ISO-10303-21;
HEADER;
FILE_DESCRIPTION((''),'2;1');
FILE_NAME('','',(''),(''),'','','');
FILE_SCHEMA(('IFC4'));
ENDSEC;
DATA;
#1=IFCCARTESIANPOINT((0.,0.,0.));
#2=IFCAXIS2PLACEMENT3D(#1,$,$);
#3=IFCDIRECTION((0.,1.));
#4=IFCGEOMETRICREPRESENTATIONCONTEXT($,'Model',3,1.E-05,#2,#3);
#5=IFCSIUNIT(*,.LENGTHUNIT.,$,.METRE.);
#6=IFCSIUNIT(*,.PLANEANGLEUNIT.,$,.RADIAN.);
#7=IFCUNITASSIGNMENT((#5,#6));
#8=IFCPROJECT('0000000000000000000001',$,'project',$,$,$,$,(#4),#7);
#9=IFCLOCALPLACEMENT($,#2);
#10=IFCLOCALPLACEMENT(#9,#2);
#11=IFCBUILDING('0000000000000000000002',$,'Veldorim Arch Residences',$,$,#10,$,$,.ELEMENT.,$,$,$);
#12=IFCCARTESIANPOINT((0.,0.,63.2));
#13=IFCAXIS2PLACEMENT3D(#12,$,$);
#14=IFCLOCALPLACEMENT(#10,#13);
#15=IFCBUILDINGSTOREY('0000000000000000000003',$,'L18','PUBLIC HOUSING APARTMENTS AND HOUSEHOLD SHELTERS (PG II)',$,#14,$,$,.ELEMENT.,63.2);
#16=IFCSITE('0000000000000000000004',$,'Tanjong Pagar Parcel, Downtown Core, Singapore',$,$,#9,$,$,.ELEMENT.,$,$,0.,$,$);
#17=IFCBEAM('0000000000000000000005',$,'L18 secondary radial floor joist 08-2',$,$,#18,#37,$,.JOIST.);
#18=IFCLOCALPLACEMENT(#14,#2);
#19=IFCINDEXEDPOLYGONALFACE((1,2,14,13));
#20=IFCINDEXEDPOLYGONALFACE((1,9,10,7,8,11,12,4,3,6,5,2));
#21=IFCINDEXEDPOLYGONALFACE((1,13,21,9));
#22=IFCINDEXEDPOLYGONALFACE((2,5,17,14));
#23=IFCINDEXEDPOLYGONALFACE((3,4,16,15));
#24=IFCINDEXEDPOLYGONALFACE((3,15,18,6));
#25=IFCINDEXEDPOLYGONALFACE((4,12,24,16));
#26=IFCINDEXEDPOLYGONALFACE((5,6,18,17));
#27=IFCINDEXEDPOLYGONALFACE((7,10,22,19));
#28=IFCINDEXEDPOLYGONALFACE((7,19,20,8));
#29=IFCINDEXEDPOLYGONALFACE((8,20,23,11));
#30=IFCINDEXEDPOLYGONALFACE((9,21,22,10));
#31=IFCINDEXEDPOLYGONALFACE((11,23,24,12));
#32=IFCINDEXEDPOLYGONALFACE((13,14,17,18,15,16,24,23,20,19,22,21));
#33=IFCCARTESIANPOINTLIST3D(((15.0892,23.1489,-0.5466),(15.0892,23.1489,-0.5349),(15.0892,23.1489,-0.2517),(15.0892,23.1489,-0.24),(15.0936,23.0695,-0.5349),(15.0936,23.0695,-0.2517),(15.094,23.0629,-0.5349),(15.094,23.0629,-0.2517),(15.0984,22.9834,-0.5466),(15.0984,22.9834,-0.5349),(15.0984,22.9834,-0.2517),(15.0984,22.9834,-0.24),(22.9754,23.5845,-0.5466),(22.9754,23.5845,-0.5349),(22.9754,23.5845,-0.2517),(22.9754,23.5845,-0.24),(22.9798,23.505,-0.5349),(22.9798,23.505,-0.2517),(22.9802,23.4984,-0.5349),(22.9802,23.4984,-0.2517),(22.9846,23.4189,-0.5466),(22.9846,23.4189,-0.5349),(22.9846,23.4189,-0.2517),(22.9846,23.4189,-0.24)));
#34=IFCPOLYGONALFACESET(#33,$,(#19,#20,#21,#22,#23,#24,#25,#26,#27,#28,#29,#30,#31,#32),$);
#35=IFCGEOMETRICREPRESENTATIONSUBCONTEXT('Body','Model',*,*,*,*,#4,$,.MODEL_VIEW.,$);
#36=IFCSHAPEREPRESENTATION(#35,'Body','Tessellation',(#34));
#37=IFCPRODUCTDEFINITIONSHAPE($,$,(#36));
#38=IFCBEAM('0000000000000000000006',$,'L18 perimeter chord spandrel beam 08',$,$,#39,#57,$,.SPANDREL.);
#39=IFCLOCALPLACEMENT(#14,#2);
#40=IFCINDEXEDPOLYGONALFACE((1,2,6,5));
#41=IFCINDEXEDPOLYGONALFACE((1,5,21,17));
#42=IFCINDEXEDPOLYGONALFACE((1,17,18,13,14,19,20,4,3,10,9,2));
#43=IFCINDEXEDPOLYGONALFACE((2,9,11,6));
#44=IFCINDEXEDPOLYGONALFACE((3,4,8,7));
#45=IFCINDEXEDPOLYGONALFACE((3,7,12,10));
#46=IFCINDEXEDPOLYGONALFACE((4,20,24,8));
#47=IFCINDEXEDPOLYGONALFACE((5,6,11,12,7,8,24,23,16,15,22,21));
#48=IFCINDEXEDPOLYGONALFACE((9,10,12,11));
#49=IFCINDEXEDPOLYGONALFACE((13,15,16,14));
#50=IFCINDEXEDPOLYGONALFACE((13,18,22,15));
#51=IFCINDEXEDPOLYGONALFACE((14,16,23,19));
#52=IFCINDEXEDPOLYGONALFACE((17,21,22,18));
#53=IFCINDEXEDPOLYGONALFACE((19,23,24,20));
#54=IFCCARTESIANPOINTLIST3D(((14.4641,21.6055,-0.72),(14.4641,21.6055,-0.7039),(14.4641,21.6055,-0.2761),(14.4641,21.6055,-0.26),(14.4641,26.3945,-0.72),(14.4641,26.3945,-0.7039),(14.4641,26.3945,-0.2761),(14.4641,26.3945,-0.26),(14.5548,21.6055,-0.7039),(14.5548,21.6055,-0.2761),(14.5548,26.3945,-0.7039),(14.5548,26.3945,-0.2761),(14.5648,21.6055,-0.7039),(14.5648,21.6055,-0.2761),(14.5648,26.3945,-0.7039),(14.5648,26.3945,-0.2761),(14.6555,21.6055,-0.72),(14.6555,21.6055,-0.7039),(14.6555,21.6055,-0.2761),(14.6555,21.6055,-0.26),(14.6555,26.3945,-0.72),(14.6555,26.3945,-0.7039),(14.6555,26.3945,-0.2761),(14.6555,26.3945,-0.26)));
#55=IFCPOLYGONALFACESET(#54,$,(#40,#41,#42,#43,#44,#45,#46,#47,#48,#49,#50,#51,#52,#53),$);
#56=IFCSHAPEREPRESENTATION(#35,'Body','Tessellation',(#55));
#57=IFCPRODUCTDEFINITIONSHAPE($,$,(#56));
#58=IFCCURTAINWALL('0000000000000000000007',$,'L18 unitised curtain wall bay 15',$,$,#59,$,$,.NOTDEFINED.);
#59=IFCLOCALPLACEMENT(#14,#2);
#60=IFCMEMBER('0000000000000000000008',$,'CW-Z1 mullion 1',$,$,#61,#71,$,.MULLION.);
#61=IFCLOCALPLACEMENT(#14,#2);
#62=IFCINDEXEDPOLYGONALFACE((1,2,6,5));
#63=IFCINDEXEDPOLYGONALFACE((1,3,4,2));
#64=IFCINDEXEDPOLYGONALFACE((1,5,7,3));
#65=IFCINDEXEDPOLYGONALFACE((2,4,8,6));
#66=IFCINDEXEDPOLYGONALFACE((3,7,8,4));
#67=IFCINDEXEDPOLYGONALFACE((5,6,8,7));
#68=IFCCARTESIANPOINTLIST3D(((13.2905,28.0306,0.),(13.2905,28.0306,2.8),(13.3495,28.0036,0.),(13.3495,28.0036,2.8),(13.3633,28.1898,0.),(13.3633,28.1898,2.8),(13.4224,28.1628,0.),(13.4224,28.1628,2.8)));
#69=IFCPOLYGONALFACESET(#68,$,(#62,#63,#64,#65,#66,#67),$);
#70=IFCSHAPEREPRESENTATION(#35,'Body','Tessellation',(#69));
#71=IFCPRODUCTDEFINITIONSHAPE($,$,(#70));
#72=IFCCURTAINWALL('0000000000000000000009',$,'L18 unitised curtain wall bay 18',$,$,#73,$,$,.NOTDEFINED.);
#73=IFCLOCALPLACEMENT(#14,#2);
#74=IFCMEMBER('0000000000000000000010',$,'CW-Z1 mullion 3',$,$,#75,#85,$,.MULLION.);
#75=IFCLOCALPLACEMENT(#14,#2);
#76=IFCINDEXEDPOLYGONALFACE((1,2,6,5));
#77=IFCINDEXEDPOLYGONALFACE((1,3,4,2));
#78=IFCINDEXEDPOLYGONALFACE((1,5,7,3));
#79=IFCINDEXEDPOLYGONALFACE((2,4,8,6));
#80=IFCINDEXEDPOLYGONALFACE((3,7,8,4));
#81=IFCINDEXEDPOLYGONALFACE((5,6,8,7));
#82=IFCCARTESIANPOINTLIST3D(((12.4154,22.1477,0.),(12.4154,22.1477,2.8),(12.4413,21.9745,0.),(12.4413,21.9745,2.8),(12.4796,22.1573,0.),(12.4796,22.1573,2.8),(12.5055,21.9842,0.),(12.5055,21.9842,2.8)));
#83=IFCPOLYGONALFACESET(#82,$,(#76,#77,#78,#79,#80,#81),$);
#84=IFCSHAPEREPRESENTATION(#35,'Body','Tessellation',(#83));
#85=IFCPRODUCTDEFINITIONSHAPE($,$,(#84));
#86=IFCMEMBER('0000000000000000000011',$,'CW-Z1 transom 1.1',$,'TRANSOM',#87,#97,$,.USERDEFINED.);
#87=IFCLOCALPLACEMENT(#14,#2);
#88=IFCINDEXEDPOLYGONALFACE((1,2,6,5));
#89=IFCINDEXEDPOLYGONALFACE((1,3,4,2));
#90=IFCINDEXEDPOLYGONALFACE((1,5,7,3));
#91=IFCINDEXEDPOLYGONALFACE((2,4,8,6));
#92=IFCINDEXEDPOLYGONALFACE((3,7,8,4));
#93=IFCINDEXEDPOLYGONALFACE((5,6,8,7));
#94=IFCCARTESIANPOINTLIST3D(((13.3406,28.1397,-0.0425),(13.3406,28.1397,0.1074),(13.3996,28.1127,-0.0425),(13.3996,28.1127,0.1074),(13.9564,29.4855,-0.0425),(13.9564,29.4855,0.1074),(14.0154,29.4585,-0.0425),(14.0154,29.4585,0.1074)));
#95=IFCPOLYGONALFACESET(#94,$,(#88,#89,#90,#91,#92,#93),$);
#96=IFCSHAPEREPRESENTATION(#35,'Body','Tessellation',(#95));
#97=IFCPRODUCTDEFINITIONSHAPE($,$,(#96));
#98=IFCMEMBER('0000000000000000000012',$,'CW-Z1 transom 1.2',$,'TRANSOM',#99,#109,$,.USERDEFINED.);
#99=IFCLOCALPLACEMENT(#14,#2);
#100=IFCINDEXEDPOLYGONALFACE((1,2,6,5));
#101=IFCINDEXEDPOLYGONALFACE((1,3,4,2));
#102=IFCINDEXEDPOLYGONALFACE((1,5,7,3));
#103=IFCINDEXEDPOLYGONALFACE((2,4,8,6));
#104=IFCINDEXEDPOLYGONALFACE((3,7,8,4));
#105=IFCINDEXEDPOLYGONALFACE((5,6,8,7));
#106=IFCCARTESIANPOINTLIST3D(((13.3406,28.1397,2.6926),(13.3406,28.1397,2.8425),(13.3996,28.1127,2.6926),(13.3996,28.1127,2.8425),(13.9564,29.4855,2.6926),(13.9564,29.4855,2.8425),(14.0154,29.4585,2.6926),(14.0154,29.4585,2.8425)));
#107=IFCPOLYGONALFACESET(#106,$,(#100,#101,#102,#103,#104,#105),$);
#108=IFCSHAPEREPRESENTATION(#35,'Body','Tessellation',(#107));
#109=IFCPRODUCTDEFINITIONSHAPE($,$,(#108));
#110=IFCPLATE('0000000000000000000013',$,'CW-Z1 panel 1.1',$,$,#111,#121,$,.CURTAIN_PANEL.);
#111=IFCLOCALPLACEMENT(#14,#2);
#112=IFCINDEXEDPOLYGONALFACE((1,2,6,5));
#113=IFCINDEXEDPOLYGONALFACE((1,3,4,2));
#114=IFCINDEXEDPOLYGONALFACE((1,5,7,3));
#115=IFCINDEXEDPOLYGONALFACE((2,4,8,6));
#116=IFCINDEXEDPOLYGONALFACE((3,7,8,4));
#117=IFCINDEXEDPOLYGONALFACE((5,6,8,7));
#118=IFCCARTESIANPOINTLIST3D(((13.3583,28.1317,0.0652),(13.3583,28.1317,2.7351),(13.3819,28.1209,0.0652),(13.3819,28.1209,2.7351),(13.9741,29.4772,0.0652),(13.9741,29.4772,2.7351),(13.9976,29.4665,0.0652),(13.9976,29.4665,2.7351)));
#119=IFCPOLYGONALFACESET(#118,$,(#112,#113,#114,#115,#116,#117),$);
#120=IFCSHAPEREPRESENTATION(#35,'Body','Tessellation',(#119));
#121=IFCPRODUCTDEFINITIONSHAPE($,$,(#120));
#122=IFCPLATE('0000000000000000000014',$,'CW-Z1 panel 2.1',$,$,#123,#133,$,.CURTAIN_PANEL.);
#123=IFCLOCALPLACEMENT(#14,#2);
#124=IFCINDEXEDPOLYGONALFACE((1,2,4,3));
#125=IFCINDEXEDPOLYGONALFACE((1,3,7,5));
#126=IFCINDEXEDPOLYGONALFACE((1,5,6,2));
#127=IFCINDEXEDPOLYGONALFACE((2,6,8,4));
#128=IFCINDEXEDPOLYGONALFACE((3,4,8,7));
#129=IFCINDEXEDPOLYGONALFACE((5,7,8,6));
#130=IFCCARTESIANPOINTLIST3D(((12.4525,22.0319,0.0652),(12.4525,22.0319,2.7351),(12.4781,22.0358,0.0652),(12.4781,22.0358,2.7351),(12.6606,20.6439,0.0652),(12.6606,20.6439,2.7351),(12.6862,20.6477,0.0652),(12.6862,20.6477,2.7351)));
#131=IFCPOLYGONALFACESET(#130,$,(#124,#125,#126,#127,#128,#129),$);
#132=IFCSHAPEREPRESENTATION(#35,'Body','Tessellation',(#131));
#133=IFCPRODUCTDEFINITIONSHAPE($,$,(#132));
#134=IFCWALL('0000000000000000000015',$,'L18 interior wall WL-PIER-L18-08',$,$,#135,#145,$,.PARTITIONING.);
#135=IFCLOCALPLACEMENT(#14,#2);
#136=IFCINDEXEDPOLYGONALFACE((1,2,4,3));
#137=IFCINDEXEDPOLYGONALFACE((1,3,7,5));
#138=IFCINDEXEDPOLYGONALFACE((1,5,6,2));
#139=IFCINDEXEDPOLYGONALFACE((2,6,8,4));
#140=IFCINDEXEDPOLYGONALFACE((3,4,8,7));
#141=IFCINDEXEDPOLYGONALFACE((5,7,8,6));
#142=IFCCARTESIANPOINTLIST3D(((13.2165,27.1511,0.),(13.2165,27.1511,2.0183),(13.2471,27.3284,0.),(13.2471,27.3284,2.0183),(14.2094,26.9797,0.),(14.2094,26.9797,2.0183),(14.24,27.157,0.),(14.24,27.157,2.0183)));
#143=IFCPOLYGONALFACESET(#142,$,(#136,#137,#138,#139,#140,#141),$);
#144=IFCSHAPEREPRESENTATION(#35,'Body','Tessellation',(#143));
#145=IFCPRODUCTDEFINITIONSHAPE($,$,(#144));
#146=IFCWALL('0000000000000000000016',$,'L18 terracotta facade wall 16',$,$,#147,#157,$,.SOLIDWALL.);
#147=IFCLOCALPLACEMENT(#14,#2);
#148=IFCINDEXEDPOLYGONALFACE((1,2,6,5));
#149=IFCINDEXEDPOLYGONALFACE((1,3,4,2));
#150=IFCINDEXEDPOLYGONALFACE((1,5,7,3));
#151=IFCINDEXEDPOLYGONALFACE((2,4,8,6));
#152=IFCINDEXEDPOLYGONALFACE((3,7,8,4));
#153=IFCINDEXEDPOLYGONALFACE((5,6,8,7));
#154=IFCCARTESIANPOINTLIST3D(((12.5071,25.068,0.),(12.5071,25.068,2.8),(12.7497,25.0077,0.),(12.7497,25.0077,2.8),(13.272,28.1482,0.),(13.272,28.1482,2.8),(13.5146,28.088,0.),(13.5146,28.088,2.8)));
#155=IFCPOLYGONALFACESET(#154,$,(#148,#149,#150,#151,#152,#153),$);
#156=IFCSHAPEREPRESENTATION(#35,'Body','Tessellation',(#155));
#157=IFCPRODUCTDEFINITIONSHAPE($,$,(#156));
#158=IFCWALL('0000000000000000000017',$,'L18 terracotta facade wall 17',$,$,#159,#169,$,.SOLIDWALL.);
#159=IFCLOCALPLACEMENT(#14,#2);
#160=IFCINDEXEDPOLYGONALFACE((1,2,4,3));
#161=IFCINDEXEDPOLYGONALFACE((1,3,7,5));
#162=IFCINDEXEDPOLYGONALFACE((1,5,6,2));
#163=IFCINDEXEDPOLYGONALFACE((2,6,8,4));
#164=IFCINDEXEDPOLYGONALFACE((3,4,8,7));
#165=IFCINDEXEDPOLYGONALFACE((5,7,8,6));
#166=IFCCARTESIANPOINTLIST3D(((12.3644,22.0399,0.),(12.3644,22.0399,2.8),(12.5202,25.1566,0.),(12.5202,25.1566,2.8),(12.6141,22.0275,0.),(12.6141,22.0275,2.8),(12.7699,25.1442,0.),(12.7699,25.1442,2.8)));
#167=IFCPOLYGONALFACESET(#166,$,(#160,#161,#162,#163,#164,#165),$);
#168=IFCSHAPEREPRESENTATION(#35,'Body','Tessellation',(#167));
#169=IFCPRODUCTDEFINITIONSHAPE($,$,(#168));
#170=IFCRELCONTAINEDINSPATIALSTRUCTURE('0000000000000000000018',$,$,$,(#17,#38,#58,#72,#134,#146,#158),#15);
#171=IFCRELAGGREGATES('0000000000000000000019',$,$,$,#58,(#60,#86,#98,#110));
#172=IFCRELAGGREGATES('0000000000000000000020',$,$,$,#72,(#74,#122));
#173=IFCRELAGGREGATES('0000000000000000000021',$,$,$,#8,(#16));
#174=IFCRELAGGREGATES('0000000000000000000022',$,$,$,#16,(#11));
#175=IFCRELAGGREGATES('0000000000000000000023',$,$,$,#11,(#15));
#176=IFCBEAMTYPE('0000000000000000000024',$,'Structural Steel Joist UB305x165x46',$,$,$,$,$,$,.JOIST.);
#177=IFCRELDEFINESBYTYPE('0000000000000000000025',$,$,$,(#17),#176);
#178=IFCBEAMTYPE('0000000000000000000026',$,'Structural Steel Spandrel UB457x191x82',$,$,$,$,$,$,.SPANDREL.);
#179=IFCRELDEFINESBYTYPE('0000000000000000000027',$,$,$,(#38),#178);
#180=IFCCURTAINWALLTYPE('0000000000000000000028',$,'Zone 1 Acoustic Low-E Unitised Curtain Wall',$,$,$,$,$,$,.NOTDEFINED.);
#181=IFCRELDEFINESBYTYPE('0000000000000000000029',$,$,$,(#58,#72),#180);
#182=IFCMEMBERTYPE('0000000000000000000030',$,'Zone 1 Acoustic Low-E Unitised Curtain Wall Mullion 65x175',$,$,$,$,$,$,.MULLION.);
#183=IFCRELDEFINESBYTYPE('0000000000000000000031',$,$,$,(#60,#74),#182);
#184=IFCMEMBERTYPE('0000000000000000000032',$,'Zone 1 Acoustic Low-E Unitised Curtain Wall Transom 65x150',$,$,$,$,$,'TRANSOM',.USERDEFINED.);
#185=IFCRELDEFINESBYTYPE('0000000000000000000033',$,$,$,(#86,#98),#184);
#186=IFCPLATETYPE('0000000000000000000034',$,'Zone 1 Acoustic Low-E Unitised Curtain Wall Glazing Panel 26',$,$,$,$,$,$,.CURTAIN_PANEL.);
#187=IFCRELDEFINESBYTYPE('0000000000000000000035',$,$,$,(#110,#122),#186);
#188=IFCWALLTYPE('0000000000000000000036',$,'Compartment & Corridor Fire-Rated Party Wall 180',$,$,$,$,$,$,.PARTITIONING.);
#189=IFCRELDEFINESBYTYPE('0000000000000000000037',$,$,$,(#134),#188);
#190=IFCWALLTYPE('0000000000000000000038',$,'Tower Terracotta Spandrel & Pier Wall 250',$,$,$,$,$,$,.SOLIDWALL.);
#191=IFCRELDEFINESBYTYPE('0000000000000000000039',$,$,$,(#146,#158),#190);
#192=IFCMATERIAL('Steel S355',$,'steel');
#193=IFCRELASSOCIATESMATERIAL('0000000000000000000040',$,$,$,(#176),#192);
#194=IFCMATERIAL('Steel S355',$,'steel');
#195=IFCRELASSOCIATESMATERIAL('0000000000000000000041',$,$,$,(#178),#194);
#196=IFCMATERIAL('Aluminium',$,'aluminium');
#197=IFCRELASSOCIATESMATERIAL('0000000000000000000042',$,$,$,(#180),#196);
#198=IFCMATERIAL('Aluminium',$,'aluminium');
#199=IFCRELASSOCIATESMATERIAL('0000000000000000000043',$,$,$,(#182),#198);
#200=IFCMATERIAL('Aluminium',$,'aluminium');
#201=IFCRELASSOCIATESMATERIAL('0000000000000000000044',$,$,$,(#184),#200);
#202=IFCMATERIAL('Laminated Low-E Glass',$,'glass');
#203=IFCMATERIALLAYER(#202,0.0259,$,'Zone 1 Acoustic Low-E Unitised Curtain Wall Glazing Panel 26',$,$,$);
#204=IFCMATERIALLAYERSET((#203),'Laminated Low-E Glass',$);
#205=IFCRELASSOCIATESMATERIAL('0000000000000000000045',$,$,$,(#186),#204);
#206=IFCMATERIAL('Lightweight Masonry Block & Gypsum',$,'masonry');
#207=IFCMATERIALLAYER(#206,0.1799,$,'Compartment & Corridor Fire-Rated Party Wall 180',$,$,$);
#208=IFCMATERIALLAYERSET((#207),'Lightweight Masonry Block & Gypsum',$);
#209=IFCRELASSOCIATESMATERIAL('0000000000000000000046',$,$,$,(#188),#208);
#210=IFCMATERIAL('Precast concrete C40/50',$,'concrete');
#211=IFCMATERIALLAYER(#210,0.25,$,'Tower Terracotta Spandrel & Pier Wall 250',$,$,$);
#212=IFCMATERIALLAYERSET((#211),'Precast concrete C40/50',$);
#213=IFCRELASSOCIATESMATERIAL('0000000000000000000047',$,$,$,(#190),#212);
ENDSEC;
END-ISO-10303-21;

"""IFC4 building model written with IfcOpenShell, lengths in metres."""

from ifc_helpers import new_model, si_unit, direction, frame, frame_2d, origin, origin_2d, place, context, subcontext, project, spatial, rectangle, i_section, extrude, material, layer, layer_set, material_profile, profile_set, type_object, element, aggregate, save


model = new_model("IFC4")

# Units and contexts
model_context = context("Model", 3, precision=1e-05, world=origin(), true_north=direction((0.0, 1.0)))
body_context = subcontext(model_context, "Body", "Model", "MODEL_VIEW")
ifc_project = project(units=[si_unit("LENGTHUNIT", "METRE"), si_unit("PLANEANGLEUNIT", "RADIAN")], contexts=[model_context])

# Site, building, storey
site_placement = place(None, origin())
site = spatial("IfcSite", under=ifc_project, at=site_placement, Name="Tanjong Pagar Parcel, Downtown Core, Singapore", CompositionType="ELEMENT", RefElevation=0.0)
building_placement = place(site_placement, origin())
building = spatial("IfcBuilding", under=site, at=building_placement, Name="Veldorim Arch Residences", CompositionType="ELEMENT")
storey_placement = place(building_placement, frame((0.0, 0.0, 63.2)))
storey = spatial("IfcBuildingStorey", under=building, at=storey_placement, Name="L18", Description="PUBLIC HOUSING APARTMENTS AND HOUSEHOLD SHELTERS (PG II)", CompositionType="ELEMENT", Elevation=63.2)

# Beams
ifc_material_1 = material(Name="Steel S355", Category="steel")
ifc_material_profile_1 = material_profile(ifc_material_1, i_section(OverallWidth=0.1658, OverallDepth=0.3066, WebThickness=0.0066, FlangeThickness=0.0117, at=origin_2d()), Name="UB305x165x46")
ifc_profile_set_1 = profile_set([ifc_material_profile_1], Name="Steel S355")
beam_type_1 = type_object("IfcBeamType", Name="Structural Steel Joist UB305x165x46", PredefinedType="JOIST", material=ifc_profile_set_1)
for number, where, z_axis, x_axis, name in (
    (1, (22.98, 23.5017, -0.3933), (-0.998478, -0.055145, 0.0), (0.055145, -0.998478, 0.0), "L18 secondary radial floor joist 08-2"),
):
    element("IfcBeam", number, at=place(storey_placement, frame(where, z_axis=z_axis, x_axis=x_axis)), inside=storey, type_object=beam_type_1, Name=name, PredefinedType="JOIST", context=body_context, shape_type="SweptSolid", body=[
        extrude(i_section(OverallWidth=0.1658, OverallDepth=0.3066, WebThickness=0.0066, FlangeThickness=0.0117, at=origin_2d()), origin(), (0.0, 0.0, 1.0), 7.8982),
    ])
ifc_material_2 = material(Name="Steel S355", Category="steel")
ifc_material_profile_2 = material_profile(ifc_material_2, i_section(OverallWidth=0.1914, OverallDepth=0.46, WebThickness=0.01, FlangeThickness=0.0161, at=origin_2d()), Name="UB457x191x82")
ifc_profile_set_2 = profile_set([ifc_material_profile_2], Name="Steel S355")
beam_type_2 = type_object("IfcBeamType", Name="Structural Steel Spandrel UB457x191x82", PredefinedType="SPANDREL", material=ifc_profile_set_2)
beam_1_placement = place(storey_placement, frame((14.5598, 26.3945, -0.49), z_axis=(0.0, -1.0, 0.0), x_axis=(1.0, 0.0, 0.0)))
element("IfcBeam", 2, at=beam_1_placement, inside=storey, type_object=beam_type_2, Name="L18 perimeter chord spandrel beam 08", PredefinedType="SPANDREL", context=body_context, shape_type="SweptSolid", body=[
    extrude(i_section(OverallWidth=0.1914, OverallDepth=0.46, WebThickness=0.01, FlangeThickness=0.0161, at=origin_2d()), origin(), (0.0, 0.0, 1.0), 4.7891),
])

# Curtain walls, members
ifc_material_3 = material(Name="Aluminium", Category="aluminium")
curtain_wall_type = type_object("IfcCurtainWallType", Name="Zone 1 Acoustic Low-E Unitised Curtain Wall", PredefinedType="NOTDEFINED", material=ifc_material_3)
curtain_wall_1_placement = place(storey_placement, origin())
curtain_wall_1 = element("IfcCurtainWall", 3, at=curtain_wall_1_placement, inside=storey, type_object=curtain_wall_type, Name="L18 unitised curtain wall bay 15", PredefinedType="NOTDEFINED")
ifc_material_4 = material(Name="Aluminium", Category="aluminium")
ifc_material_profile_3 = material_profile(ifc_material_4, rectangle(XDim=0.0649, YDim=0.175, at=origin_2d()), Name="ALU_MUL_65x175")
ifc_profile_set_3 = profile_set([ifc_material_profile_3], Name="Aluminium")
member_type_1 = type_object("IfcMemberType", Name="Zone 1 Acoustic Low-E Unitised Curtain Wall Mullion 65x175", PredefinedType="MULLION", material=ifc_profile_set_3)
member_1_placement = place(storey_placement, frame((13.3564, 28.0967, 0.0), z_axis=(0.0, 0.0, 1.0), x_axis=(-0.909303, 0.416135, 0.0)))
member_1 = element("IfcMember", 4, at=member_1_placement, type_object=member_type_1, Name="CW-Z1 mullion 1", PredefinedType="MULLION", context=body_context, shape_type="SweptSolid", body=[
    extrude(rectangle(XDim=0.0649, YDim=0.175, at=origin_2d()), origin(), (0.0, 0.0, 1.0), 2.8),
])
curtain_wall_2_placement = place(storey_placement, origin())
curtain_wall_2 = element("IfcCurtainWall", 5, at=curtain_wall_2_placement, inside=storey, type_object=curtain_wall_type, Name="L18 unitised curtain wall bay 18", PredefinedType="NOTDEFINED")
member_2_placement = place(storey_placement, frame((12.4604, 22.0659, 0.0), z_axis=(0.0, 0.0, 1.0), x_axis=(-0.988941, -0.148306, 0.0)))
member_2 = element("IfcMember", 6, at=member_2_placement, type_object=member_type_1, Name="CW-Z1 mullion 3", PredefinedType="MULLION", context=body_context, shape_type="SweptSolid", body=[
    extrude(rectangle(XDim=0.0649, YDim=0.175, at=origin_2d()), origin(), (0.0, 0.0, 1.0), 2.8),
])

# Members
ifc_material_5 = material(Name="Aluminium", Category="aluminium")
ifc_material_profile_4 = material_profile(ifc_material_5, rectangle(XDim=0.0649, YDim=0.1499, at=origin_2d()), Name="ALU_TRN_65x150")
ifc_profile_set_4 = profile_set([ifc_material_profile_4], Name="Aluminium")
member_type_2 = type_object("IfcMemberType", Name="Zone 1 Acoustic Low-E Unitised Curtain Wall Transom 65x150", ElementType="TRANSOM", PredefinedType="USERDEFINED", material=ifc_profile_set_4)
member_3_placement = place(storey_placement, frame((13.3701, 28.1262, 0.0325), z_axis=(0.416064, 0.909335, 0.0), x_axis=(-0.909335, 0.416064, 0.0)))
member_3 = element("IfcMember", 7, at=member_3_placement, type_object=member_type_2, Name="CW-Z1 transom 1.1", ObjectType="TRANSOM", PredefinedType="USERDEFINED", context=body_context, shape_type="SweptSolid", body=[
    extrude(rectangle(XDim=0.0649, YDim=0.1499, at=origin_2d()), origin(), (0.0, 0.0, 1.0), 1.48),
])
member_4_placement = place(storey_placement, frame((13.3701, 28.1262, 2.7676), z_axis=(0.416064, 0.909335, 0.0), x_axis=(-0.909335, 0.416064, 0.0)))
member_4 = element("IfcMember", 8, at=member_4_placement, type_object=member_type_2, Name="CW-Z1 transom 1.2", ObjectType="TRANSOM", PredefinedType="USERDEFINED", context=body_context, shape_type="SweptSolid", body=[
    extrude(rectangle(XDim=0.0649, YDim=0.1499, at=origin_2d()), origin(), (0.0, 0.0, 1.0), 1.48),
])

# Plates
ifc_material_6 = material(Name="Laminated Low-E Glass", Category="glass")
ifc_layer_1 = layer(ifc_material_6, 0.0259, Name="Zone 1 Acoustic Low-E Unitised Curtain Wall Glazing Panel 26")
ifc_layer_set_1 = layer_set([ifc_layer_1], Name="Laminated Low-E Glass")
plate_type = type_object("IfcPlateType", Name="Zone 1 Acoustic Low-E Unitised Curtain Wall Glazing Panel 26", PredefinedType="CURTAIN_PANEL", material=ifc_layer_set_1)
plate_1_placement = place(storey_placement, frame((13.678, 28.7991, 0.0652), z_axis=(0.0, 0.0, 1.0), x_axis=(0.416135, 0.909303, 0.0)))
plate_1 = element("IfcPlate", 9, at=plate_1_placement, type_object=plate_type, Name="CW-Z1 panel 1.1", PredefinedType="CURTAIN_PANEL", context=body_context, shape_type="SweptSolid", body=[
    extrude(rectangle(XDim=1.4797, YDim=0.0259, at=origin_2d()), origin(), (0.0, 0.0, 1.0), 2.6699),
])
aggregate(curtain_wall_1, [member_1, member_3, member_4, plate_1])
plate_2_placement = place(storey_placement, frame((12.5693, 21.3398, 0.0652), z_axis=(0.0, 0.0, 1.0), x_axis=(-0.148306, 0.988941, 0.0)))
plate_2 = element("IfcPlate", 10, at=plate_2_placement, type_object=plate_type, Name="CW-Z1 panel 2.1", PredefinedType="CURTAIN_PANEL", context=body_context, shape_type="SweptSolid", body=[
    extrude(rectangle(XDim=1.4036, YDim=0.0259, at=origin_2d()), origin(), (0.0, 0.0, 1.0), 2.6699),
])
aggregate(curtain_wall_2, [member_2, plate_2])

# Walls
ifc_material_7 = material(Name="Lightweight Masonry Block & Gypsum", Category="masonry")
ifc_layer_2 = layer(ifc_material_7, 0.1799, Name="Compartment & Corridor Fire-Rated Party Wall 180")
ifc_layer_set_2 = layer_set([ifc_layer_2], Name="Lightweight Masonry Block & Gypsum")
wall_type_1 = type_object("IfcWallType", Name="Compartment & Corridor Fire-Rated Party Wall 180", PredefinedType="PARTITIONING", material=ifc_layer_set_2)
wall_1_placement = place(storey_placement, frame((14.2249, 27.0684, 0.0), z_axis=(0.0, 0.0, 1.0), x_axis=(-0.985428, 0.170094, 0.0)))
element("IfcWall", 11, at=wall_1_placement, inside=storey, type_object=wall_type_1, Name="L18 interior wall WL-PIER-L18-08", PredefinedType="PARTITIONING", context=body_context, shape_type="SweptSolid", body=[
    extrude(rectangle(XDim=1.0076, YDim=0.1799, at=frame_2d((0.5039, 0.0))), origin(), (0.0, 0.0, 1.0), 2.0183),
])
ifc_material_8 = material(Name="Precast concrete C40/50", Category="concrete")
ifc_layer_3 = layer(ifc_material_8, 0.25, Name="Tower Terracotta Spandrel & Pier Wall 250")
ifc_layer_set_3 = layer_set([ifc_layer_3], Name="Precast concrete C40/50")
wall_type_2 = type_object("IfcWallType", Name="Tower Terracotta Spandrel & Pier Wall 250", PredefinedType="SOLIDWALL", material=ifc_layer_set_3)
wall_2_placement = place(storey_placement, frame((12.6284, 25.0378, 0.0), z_axis=(0.0, 0.0, 1.0), x_axis=(0.240997, 0.970526, 0.0)))
element("IfcWall", 12, at=wall_2_placement, inside=storey, type_object=wall_type_2, Name="L18 terracotta facade wall 16", PredefinedType="SOLIDWALL", context=body_context, shape_type="SweptSolid", body=[
    extrude(rectangle(XDim=3.1738, YDim=0.25, at=frame_2d((1.5869, 0.0))), origin(), (0.0, 0.0, 1.0), 2.8),
])
wall_3_placement = place(storey_placement, frame((12.4893, 22.0337, 0.0), z_axis=(0.0, 0.0, 1.0), x_axis=(0.049914, 0.998754, 0.0)))
element("IfcWall", 13, at=wall_3_placement, inside=storey, type_object=wall_type_2, Name="L18 terracotta facade wall 17", PredefinedType="SOLIDWALL", context=body_context, shape_type="SweptSolid", body=[
    extrude(rectangle(XDim=3.1206, YDim=0.25, at=frame_2d((1.5603, 0.0))), origin(), (0.0, 0.0, 1.0), 2.8),
])

save(model, "model.ifc")
